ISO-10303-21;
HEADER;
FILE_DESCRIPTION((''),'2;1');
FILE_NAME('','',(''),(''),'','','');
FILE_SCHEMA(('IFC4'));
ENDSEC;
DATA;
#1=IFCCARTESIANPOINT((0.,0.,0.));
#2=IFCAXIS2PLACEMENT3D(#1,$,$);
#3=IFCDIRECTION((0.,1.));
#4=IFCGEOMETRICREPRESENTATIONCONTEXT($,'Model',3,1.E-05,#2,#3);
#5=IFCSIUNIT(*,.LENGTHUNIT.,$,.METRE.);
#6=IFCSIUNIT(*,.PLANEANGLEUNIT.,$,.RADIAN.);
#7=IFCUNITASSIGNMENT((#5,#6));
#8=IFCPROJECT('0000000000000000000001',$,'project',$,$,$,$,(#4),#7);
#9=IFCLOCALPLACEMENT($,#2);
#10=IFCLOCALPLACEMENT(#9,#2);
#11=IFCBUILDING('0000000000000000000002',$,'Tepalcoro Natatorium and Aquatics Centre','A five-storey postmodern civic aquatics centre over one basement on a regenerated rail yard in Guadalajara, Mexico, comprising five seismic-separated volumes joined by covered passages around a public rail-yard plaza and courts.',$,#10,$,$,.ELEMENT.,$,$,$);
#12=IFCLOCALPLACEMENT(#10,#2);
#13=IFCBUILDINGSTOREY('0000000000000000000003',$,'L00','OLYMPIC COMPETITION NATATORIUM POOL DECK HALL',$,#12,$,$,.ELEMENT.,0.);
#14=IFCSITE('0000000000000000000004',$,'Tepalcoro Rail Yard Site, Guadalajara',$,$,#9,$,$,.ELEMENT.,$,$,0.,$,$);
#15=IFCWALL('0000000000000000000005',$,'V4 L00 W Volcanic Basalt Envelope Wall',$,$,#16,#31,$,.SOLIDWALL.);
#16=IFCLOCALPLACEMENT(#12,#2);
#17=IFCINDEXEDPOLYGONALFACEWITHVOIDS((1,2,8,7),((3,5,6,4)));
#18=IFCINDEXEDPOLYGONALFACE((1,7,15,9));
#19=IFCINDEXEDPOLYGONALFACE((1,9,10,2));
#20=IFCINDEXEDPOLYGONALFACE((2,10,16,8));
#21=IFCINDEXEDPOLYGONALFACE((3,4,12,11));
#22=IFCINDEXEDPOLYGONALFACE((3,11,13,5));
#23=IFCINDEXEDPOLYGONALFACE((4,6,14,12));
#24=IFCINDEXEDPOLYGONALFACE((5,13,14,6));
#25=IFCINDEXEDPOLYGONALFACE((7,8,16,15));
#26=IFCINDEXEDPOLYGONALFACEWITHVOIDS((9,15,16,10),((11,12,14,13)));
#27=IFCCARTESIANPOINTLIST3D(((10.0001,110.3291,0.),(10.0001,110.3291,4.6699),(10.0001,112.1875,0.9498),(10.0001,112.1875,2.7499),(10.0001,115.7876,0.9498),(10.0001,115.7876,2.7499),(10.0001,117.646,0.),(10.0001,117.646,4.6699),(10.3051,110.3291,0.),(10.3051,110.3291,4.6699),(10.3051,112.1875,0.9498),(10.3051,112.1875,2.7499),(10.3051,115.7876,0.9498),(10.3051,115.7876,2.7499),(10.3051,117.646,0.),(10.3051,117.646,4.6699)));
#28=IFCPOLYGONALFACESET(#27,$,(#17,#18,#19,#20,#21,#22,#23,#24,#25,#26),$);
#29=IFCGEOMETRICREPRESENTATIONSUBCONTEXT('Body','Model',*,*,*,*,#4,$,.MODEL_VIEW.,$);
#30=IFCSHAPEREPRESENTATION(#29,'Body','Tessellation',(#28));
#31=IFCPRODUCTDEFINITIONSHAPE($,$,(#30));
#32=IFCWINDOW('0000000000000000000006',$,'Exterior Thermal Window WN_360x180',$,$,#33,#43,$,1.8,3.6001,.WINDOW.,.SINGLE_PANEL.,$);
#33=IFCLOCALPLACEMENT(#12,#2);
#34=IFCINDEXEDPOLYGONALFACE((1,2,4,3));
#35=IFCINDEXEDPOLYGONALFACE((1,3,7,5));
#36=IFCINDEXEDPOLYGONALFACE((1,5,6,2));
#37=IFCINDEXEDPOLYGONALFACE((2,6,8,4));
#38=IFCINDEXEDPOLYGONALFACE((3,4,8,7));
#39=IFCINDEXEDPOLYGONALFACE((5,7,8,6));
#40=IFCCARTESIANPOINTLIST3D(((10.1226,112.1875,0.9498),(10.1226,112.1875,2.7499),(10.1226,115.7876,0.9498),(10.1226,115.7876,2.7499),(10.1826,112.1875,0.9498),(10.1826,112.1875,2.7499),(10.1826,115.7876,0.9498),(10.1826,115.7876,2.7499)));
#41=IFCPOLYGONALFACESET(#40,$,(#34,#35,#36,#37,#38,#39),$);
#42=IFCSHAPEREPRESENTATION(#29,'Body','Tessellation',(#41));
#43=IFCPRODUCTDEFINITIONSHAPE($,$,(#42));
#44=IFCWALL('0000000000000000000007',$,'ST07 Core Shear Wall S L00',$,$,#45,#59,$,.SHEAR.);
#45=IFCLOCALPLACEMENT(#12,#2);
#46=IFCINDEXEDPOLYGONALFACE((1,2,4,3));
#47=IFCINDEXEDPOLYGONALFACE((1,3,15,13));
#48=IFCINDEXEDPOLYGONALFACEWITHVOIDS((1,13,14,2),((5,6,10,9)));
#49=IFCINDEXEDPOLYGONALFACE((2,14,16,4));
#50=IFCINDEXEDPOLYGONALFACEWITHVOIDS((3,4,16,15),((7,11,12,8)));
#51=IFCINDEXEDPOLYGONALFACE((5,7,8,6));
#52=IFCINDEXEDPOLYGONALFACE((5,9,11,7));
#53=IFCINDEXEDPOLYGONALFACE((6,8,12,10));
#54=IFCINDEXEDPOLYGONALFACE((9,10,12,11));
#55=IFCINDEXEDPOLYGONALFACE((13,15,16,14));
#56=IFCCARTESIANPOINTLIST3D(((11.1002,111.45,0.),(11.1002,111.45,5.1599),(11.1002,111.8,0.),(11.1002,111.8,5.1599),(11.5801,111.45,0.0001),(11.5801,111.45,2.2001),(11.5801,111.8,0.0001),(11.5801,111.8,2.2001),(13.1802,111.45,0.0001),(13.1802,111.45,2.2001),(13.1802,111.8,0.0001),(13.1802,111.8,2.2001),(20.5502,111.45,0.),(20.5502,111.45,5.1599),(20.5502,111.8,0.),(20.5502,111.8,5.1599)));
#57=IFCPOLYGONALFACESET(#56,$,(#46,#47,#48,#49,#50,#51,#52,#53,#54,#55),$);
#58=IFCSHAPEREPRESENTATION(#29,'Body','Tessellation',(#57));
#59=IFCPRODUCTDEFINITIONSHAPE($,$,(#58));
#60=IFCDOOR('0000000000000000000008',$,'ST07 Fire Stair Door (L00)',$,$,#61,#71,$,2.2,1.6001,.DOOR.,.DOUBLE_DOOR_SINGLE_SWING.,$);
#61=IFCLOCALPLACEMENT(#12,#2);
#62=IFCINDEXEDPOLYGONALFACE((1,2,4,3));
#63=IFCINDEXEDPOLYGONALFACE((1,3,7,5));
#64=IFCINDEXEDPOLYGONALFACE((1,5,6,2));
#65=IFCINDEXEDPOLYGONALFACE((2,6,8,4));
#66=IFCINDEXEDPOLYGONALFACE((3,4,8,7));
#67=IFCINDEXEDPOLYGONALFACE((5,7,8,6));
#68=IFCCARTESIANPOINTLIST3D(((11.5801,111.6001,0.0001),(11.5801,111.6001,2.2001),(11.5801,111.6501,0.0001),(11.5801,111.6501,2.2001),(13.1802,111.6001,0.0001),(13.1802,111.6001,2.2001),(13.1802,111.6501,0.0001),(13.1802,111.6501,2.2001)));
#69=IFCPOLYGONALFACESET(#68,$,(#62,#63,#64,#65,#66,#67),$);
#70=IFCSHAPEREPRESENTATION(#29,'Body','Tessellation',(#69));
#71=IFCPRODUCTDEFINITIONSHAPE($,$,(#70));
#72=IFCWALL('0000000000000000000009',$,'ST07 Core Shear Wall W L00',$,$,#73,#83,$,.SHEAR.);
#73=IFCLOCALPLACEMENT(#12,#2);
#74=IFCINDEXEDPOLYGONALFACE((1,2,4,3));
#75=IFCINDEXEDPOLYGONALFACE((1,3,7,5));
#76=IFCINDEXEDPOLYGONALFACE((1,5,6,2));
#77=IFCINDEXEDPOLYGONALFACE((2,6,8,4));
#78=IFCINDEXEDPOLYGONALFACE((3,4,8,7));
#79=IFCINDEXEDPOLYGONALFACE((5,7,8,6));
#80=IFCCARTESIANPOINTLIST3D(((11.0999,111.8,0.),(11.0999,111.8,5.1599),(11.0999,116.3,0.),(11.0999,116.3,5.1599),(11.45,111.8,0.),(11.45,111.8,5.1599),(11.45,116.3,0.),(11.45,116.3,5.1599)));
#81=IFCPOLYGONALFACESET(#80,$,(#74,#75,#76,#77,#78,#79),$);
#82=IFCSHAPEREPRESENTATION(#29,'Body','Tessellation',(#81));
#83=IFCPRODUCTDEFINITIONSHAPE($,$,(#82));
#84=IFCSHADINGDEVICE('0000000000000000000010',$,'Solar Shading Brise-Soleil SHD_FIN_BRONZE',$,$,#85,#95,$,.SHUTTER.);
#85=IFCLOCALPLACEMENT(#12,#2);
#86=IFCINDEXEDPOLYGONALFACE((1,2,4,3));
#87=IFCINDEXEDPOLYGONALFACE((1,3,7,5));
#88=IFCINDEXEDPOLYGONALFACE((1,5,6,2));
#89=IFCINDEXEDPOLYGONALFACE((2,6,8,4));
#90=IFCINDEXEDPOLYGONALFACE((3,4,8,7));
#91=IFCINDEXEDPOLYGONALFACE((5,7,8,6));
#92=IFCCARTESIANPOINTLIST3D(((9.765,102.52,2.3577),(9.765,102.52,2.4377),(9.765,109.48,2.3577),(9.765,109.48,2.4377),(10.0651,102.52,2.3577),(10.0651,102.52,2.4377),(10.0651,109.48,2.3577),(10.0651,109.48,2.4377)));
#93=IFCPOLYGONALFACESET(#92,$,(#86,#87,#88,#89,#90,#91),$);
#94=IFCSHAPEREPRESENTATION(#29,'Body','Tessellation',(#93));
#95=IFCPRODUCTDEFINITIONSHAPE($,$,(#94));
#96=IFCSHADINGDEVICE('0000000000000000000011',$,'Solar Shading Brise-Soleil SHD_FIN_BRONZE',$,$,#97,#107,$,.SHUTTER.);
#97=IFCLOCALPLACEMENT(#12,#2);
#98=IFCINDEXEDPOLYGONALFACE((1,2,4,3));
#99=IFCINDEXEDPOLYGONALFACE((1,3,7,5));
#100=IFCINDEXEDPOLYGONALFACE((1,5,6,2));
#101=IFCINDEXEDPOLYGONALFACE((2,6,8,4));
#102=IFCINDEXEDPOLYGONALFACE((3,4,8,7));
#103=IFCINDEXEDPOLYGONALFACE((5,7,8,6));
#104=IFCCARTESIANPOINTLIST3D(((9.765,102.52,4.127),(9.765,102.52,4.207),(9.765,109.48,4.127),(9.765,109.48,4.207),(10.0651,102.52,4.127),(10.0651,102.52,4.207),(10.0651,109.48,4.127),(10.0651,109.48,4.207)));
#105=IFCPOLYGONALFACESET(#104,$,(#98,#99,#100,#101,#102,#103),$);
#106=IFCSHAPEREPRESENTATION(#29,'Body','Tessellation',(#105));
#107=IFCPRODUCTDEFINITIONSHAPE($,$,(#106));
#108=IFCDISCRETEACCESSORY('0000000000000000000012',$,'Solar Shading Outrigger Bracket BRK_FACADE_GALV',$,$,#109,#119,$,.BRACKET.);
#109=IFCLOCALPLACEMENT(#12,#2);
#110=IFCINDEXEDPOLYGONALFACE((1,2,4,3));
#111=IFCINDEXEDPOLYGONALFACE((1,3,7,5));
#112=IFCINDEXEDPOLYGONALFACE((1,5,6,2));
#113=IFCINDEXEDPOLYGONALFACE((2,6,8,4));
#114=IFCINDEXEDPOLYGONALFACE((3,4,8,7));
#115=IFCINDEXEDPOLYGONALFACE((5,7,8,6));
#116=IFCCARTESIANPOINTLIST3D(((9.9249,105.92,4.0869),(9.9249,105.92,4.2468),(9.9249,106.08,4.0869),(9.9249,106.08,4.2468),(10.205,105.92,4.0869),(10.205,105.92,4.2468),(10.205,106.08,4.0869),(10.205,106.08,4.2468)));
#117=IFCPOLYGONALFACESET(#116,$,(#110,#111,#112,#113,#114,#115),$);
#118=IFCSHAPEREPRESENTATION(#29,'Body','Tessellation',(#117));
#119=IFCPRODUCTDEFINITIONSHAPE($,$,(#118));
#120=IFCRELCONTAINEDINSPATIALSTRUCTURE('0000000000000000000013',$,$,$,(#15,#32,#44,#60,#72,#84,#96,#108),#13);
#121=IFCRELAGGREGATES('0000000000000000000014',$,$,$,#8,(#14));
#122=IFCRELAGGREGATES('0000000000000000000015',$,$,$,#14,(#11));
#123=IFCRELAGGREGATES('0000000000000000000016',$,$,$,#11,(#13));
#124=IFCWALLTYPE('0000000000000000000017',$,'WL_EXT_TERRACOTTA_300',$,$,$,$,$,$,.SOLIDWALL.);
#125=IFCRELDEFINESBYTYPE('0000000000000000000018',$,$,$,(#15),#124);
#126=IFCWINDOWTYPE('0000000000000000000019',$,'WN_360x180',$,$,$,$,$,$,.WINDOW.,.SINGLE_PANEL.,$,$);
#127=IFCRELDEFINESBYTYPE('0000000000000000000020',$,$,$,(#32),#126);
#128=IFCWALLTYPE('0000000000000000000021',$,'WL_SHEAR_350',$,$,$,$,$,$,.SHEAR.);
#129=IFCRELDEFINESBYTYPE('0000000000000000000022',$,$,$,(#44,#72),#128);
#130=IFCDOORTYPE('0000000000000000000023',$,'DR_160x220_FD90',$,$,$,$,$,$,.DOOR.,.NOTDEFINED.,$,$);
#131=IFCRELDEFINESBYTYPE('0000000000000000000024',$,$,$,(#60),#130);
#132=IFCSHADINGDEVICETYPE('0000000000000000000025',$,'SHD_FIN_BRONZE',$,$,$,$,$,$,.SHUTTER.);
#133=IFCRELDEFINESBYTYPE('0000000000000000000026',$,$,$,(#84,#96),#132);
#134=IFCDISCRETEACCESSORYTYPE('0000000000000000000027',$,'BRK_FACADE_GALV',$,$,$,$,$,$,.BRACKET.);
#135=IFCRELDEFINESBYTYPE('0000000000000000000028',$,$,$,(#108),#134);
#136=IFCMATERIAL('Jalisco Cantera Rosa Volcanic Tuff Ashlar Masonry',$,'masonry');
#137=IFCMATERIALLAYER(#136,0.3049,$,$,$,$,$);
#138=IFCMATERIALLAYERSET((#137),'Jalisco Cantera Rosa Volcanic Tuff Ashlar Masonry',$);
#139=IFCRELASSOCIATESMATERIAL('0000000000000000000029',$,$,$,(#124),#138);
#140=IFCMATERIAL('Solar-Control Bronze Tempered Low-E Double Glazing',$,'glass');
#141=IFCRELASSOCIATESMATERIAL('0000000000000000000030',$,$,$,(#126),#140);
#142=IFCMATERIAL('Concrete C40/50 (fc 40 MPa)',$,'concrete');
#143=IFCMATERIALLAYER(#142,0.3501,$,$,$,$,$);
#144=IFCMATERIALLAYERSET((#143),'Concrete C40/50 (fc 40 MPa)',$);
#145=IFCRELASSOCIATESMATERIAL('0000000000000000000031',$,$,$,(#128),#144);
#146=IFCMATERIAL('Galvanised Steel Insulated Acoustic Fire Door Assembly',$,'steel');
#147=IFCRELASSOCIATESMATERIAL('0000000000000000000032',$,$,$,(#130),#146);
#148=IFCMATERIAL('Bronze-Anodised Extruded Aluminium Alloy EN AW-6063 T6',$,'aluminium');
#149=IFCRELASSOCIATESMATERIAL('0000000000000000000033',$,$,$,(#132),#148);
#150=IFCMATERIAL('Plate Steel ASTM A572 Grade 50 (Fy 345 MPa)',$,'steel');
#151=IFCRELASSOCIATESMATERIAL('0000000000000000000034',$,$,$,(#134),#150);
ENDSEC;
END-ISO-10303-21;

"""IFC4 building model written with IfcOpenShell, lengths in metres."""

from ifc_helpers import new_model, si_unit, direction, frame, frame_2d, origin, origin_2d, place, context, subcontext, project, spatial, rectangle, extrude, material, layer, layer_set, type_object, element, fill, save


model = new_model("IFC4")

# Units and contexts
model_context = context("Model", 3, precision=1e-05, world=origin(), true_north=direction((0.0, 1.0)))
body_context = subcontext(model_context, "Body", "Model", "MODEL_VIEW")
ifc_project = project(units=[si_unit("LENGTHUNIT", "METRE"), si_unit("PLANEANGLEUNIT", "RADIAN")], contexts=[model_context])

# Site, building, storey
site_placement = place(None, origin())
site = spatial("IfcSite", under=ifc_project, at=site_placement, Name="Tepalcoro Rail Yard Site, Guadalajara", CompositionType="ELEMENT", RefElevation=0.0)
building_placement = place(site_placement, origin())
building = spatial("IfcBuilding", under=site, at=building_placement, Name="Tepalcoro Natatorium and Aquatics Centre", Description="A five-storey postmodern civic aquatics centre over one basement on a regenerated rail yard in Guadalajara, Mexico, comprising five seismic-separated volumes joined by covered passages around a public rail-yard plaza and courts.", CompositionType="ELEMENT")
storey_placement = place(building_placement, origin())
storey = spatial("IfcBuildingStorey", under=building, at=storey_placement, Name="L00", Description="OLYMPIC COMPETITION NATATORIUM POOL DECK HALL", CompositionType="ELEMENT", Elevation=0.0)

# Shared definitions
ifc_material_1 = material(Name="Concrete C40/50 (fc 40 MPa)", Category="concrete")

# Shared definitions
ifc_material_2 = material(Name="Bronze-Anodised Extruded Aluminium Alloy EN AW-6063 T6", Category="aluminium")

# Shared definitions
ifc_material_3 = material(Name="Solar-Control Bronze Tempered Low-E Double Glazing", Category="glass")
ifc_material_4 = material(Name="Jalisco Cantera Rosa Volcanic Tuff Ashlar Masonry", Category="masonry")

# Wall, opening, window
ifc_layer_1 = layer(ifc_material_4, 0.3049)
ifc_layer_set_1 = layer_set([ifc_layer_1], Name="Jalisco Cantera Rosa Volcanic Tuff Ashlar Masonry")
wall_type_1 = type_object("IfcWallType", Name="WL_EXT_TERRACOTTA_300", PredefinedType="SOLIDWALL", material=ifc_layer_set_1)
wall_1_placement = place(storey_placement, frame((10.1526, 110.3291, 0.0), z_axis=(0.0, 0.0, 1.0), x_axis=(0.0, 1.0, 0.0)))
wall_1 = element("IfcWall", 1, at=wall_1_placement, inside=storey, type_object=wall_type_1, Name="V4 L00 W Volcanic Basalt Envelope Wall", PredefinedType="SOLIDWALL", context=body_context, shape_type="SweptSolid", body=[
    extrude(rectangle(XDim=7.3169, YDim=0.3049, at=frame_2d((3.6584, 0.0))), origin(), (0.0, 0.0, 1.0), 4.6699),
])
opening_1_placement = place(wall_1_placement, frame((1.8584, 0.0, 0.95)))
opening_1 = element("IfcOpeningElement", 2, at=opening_1_placement, cuts=wall_1, PredefinedType="OPENING", context=body_context, shape_type="SweptSolid", body=[
    extrude(rectangle(XDim=3.6001, YDim=1.8, at=frame_2d((1.8, 0.8999))), frame((0.0, 0.1646, 0.0), z_axis=(0.0, -1.0, 0.0), x_axis=(1.0, 0.0, 0.0)), (0.0, 0.0, 1.0), 0.3289),
])
window_type = type_object("IfcWindowType", Name="WN_360x180", PartitioningType="SINGLE_PANEL", PredefinedType="WINDOW", material=ifc_material_3)
window_placement = place(opening_1_placement, origin())
window = element("IfcWindow", 3, at=window_placement, inside=storey, type_object=window_type, Name="Exterior Thermal Window WN_360x180", OverallHeight=1.8, OverallWidth=3.6001, PartitioningType="SINGLE_PANEL", PredefinedType="WINDOW", context=body_context, shape_type="SweptSolid", body=[
    extrude(rectangle(XDim=3.6001, YDim=1.8, at=frame_2d((1.8, 0.8999))), frame((0.0, 0.03, 0.0), z_axis=(0.0, -1.0, 0.0), x_axis=(1.0, 0.0, 0.0)), (0.0, 0.0, 1.0), 0.0601),
])
fill(opening_1, window)

# Wall, opening, door
ifc_layer_2 = layer(ifc_material_1, 0.3501)
ifc_layer_set_2 = layer_set([ifc_layer_2], Name="Concrete C40/50 (fc 40 MPa)")
wall_type_2 = type_object("IfcWallType", Name="WL_SHEAR_350", PredefinedType="SHEAR", material=ifc_layer_set_2)
wall_2_placement = place(storey_placement, frame((11.1001, 111.625, 0.0), z_axis=(0.0, 0.0, 1.0), x_axis=(1.0, 0.0, 0.0)))
wall_2 = element("IfcWall", 4, at=wall_2_placement, inside=storey, type_object=wall_type_2, Name="ST07 Core Shear Wall S L00", PredefinedType="SHEAR", context=body_context, shape_type="SweptSolid", body=[
    extrude(rectangle(XDim=9.45, YDim=0.3501, at=frame_2d((4.7251, 0.0))), origin(), (0.0, 0.0, 1.0), 5.1599),
])
opening_2_placement = place(wall_2_placement, frame((0.48, 0.0, 0.0)))
opening_2 = element("IfcOpeningElement", 5, at=opening_2_placement, cuts=wall_2, PredefinedType="OPENING", context=body_context, shape_type="SweptSolid", body=[
    extrude(rectangle(XDim=1.6001, YDim=2.2, at=frame_2d((0.8, 1.1001))), frame((0.0, 0.187, 0.0), z_axis=(0.0, -1.0, 0.0), x_axis=(1.0, 0.0, 0.0)), (0.0, 0.0, 1.0), 0.374),
])
ifc_material_5 = material(Name="Galvanised Steel Insulated Acoustic Fire Door Assembly", Category="steel")
door_type = type_object("IfcDoorType", Name="DR_160x220_FD90", OperationType="NOTDEFINED", PredefinedType="DOOR", material=ifc_material_5)
door_placement = place(opening_2_placement, frame((1.6001, 0.0, 0.0), z_axis=(0.0, 0.0, 1.0), x_axis=(-1.0, 0.0, 0.0)))
door = element("IfcDoor", 6, at=door_placement, inside=storey, type_object=door_type, Name="ST07 Fire Stair Door (L00)", OperationType="DOUBLE_DOOR_SINGLE_SWING", OverallHeight=2.2, OverallWidth=1.6001, PredefinedType="DOOR", context=body_context, shape_type="SweptSolid", body=[
    extrude(rectangle(XDim=1.6001, YDim=2.2, at=frame_2d((0.8, 1.1001))), frame((0.0, 0.0249, 0.0), z_axis=(0.0, -1.0, 0.0), x_axis=(1.0, 0.0, 0.0)), (0.0, 0.0, 1.0), 0.05),
])
fill(opening_2, door)

# Wall
wall_3_placement = place(storey_placement, frame((11.2749, 111.8, 0.0), z_axis=(0.0, 0.0, 1.0), x_axis=(0.0, 1.0, 0.0)))
element("IfcWall", 7, at=wall_3_placement, inside=storey, type_object=wall_type_2, Name="ST07 Core Shear Wall W L00", PredefinedType="SHEAR", context=body_context, shape_type="SweptSolid", body=[
    extrude(rectangle(XDim=4.5, YDim=0.3501, at=frame_2d((2.25, 0.0))), origin(), (0.0, 0.0, 1.0), 5.1599),
])

# Shading devices
shading_device_type = type_object("IfcShadingDeviceType", Name="SHD_FIN_BRONZE", PredefinedType="SHUTTER", material=ifc_material_2)
for number, where, z_axis, x_axis, name in (
    (8, (9.915, 106.0, 2.3577), (0.0, 0.0, 1.0), (1.0, 0.0, 0.0), "Solar Shading Brise-Soleil SHD_FIN_BRONZE"),
    (9, (9.915, 106.0, 4.127), (0.0, 0.0, 1.0), (1.0, 0.0, 0.0), "Solar Shading Brise-Soleil SHD_FIN_BRONZE"),
):
    element("IfcShadingDevice", number, at=place(storey_placement, frame(where, z_axis=z_axis, x_axis=x_axis)), inside=storey, type_object=shading_device_type, Name=name, PredefinedType="SHUTTER", context=body_context, shape_type="SweptSolid", body=[
        extrude(rectangle(XDim=0.3, YDim=6.96, at=origin_2d()), origin(), (0.0, 0.0, 1.0), 0.0801),
    ])

# Discrete accessory
ifc_material_6 = material(Name="Plate Steel ASTM A572 Grade 50 (Fy 345 MPa)", Category="steel")
discrete_accessory_type = type_object("IfcDiscreteAccessoryType", Name="BRK_FACADE_GALV", PredefinedType="BRACKET", material=ifc_material_6)
discrete_accessory_placement = place(storey_placement, frame((10.0649, 106.0, 4.0869), z_axis=(0.0, 0.0, 1.0), x_axis=(1.0, 0.0, 0.0)))
element("IfcDiscreteAccessory", 10, at=discrete_accessory_placement, inside=storey, type_object=discrete_accessory_type, Name="Solar Shading Outrigger Bracket BRK_FACADE_GALV", PredefinedType="BRACKET", context=body_context, shape_type="SweptSolid", body=[
    extrude(rectangle(XDim=0.28, YDim=0.1599, at=origin_2d()), origin(), (0.0, 0.0, 1.0), 0.1599),
])

save(model, "model.ifc")
